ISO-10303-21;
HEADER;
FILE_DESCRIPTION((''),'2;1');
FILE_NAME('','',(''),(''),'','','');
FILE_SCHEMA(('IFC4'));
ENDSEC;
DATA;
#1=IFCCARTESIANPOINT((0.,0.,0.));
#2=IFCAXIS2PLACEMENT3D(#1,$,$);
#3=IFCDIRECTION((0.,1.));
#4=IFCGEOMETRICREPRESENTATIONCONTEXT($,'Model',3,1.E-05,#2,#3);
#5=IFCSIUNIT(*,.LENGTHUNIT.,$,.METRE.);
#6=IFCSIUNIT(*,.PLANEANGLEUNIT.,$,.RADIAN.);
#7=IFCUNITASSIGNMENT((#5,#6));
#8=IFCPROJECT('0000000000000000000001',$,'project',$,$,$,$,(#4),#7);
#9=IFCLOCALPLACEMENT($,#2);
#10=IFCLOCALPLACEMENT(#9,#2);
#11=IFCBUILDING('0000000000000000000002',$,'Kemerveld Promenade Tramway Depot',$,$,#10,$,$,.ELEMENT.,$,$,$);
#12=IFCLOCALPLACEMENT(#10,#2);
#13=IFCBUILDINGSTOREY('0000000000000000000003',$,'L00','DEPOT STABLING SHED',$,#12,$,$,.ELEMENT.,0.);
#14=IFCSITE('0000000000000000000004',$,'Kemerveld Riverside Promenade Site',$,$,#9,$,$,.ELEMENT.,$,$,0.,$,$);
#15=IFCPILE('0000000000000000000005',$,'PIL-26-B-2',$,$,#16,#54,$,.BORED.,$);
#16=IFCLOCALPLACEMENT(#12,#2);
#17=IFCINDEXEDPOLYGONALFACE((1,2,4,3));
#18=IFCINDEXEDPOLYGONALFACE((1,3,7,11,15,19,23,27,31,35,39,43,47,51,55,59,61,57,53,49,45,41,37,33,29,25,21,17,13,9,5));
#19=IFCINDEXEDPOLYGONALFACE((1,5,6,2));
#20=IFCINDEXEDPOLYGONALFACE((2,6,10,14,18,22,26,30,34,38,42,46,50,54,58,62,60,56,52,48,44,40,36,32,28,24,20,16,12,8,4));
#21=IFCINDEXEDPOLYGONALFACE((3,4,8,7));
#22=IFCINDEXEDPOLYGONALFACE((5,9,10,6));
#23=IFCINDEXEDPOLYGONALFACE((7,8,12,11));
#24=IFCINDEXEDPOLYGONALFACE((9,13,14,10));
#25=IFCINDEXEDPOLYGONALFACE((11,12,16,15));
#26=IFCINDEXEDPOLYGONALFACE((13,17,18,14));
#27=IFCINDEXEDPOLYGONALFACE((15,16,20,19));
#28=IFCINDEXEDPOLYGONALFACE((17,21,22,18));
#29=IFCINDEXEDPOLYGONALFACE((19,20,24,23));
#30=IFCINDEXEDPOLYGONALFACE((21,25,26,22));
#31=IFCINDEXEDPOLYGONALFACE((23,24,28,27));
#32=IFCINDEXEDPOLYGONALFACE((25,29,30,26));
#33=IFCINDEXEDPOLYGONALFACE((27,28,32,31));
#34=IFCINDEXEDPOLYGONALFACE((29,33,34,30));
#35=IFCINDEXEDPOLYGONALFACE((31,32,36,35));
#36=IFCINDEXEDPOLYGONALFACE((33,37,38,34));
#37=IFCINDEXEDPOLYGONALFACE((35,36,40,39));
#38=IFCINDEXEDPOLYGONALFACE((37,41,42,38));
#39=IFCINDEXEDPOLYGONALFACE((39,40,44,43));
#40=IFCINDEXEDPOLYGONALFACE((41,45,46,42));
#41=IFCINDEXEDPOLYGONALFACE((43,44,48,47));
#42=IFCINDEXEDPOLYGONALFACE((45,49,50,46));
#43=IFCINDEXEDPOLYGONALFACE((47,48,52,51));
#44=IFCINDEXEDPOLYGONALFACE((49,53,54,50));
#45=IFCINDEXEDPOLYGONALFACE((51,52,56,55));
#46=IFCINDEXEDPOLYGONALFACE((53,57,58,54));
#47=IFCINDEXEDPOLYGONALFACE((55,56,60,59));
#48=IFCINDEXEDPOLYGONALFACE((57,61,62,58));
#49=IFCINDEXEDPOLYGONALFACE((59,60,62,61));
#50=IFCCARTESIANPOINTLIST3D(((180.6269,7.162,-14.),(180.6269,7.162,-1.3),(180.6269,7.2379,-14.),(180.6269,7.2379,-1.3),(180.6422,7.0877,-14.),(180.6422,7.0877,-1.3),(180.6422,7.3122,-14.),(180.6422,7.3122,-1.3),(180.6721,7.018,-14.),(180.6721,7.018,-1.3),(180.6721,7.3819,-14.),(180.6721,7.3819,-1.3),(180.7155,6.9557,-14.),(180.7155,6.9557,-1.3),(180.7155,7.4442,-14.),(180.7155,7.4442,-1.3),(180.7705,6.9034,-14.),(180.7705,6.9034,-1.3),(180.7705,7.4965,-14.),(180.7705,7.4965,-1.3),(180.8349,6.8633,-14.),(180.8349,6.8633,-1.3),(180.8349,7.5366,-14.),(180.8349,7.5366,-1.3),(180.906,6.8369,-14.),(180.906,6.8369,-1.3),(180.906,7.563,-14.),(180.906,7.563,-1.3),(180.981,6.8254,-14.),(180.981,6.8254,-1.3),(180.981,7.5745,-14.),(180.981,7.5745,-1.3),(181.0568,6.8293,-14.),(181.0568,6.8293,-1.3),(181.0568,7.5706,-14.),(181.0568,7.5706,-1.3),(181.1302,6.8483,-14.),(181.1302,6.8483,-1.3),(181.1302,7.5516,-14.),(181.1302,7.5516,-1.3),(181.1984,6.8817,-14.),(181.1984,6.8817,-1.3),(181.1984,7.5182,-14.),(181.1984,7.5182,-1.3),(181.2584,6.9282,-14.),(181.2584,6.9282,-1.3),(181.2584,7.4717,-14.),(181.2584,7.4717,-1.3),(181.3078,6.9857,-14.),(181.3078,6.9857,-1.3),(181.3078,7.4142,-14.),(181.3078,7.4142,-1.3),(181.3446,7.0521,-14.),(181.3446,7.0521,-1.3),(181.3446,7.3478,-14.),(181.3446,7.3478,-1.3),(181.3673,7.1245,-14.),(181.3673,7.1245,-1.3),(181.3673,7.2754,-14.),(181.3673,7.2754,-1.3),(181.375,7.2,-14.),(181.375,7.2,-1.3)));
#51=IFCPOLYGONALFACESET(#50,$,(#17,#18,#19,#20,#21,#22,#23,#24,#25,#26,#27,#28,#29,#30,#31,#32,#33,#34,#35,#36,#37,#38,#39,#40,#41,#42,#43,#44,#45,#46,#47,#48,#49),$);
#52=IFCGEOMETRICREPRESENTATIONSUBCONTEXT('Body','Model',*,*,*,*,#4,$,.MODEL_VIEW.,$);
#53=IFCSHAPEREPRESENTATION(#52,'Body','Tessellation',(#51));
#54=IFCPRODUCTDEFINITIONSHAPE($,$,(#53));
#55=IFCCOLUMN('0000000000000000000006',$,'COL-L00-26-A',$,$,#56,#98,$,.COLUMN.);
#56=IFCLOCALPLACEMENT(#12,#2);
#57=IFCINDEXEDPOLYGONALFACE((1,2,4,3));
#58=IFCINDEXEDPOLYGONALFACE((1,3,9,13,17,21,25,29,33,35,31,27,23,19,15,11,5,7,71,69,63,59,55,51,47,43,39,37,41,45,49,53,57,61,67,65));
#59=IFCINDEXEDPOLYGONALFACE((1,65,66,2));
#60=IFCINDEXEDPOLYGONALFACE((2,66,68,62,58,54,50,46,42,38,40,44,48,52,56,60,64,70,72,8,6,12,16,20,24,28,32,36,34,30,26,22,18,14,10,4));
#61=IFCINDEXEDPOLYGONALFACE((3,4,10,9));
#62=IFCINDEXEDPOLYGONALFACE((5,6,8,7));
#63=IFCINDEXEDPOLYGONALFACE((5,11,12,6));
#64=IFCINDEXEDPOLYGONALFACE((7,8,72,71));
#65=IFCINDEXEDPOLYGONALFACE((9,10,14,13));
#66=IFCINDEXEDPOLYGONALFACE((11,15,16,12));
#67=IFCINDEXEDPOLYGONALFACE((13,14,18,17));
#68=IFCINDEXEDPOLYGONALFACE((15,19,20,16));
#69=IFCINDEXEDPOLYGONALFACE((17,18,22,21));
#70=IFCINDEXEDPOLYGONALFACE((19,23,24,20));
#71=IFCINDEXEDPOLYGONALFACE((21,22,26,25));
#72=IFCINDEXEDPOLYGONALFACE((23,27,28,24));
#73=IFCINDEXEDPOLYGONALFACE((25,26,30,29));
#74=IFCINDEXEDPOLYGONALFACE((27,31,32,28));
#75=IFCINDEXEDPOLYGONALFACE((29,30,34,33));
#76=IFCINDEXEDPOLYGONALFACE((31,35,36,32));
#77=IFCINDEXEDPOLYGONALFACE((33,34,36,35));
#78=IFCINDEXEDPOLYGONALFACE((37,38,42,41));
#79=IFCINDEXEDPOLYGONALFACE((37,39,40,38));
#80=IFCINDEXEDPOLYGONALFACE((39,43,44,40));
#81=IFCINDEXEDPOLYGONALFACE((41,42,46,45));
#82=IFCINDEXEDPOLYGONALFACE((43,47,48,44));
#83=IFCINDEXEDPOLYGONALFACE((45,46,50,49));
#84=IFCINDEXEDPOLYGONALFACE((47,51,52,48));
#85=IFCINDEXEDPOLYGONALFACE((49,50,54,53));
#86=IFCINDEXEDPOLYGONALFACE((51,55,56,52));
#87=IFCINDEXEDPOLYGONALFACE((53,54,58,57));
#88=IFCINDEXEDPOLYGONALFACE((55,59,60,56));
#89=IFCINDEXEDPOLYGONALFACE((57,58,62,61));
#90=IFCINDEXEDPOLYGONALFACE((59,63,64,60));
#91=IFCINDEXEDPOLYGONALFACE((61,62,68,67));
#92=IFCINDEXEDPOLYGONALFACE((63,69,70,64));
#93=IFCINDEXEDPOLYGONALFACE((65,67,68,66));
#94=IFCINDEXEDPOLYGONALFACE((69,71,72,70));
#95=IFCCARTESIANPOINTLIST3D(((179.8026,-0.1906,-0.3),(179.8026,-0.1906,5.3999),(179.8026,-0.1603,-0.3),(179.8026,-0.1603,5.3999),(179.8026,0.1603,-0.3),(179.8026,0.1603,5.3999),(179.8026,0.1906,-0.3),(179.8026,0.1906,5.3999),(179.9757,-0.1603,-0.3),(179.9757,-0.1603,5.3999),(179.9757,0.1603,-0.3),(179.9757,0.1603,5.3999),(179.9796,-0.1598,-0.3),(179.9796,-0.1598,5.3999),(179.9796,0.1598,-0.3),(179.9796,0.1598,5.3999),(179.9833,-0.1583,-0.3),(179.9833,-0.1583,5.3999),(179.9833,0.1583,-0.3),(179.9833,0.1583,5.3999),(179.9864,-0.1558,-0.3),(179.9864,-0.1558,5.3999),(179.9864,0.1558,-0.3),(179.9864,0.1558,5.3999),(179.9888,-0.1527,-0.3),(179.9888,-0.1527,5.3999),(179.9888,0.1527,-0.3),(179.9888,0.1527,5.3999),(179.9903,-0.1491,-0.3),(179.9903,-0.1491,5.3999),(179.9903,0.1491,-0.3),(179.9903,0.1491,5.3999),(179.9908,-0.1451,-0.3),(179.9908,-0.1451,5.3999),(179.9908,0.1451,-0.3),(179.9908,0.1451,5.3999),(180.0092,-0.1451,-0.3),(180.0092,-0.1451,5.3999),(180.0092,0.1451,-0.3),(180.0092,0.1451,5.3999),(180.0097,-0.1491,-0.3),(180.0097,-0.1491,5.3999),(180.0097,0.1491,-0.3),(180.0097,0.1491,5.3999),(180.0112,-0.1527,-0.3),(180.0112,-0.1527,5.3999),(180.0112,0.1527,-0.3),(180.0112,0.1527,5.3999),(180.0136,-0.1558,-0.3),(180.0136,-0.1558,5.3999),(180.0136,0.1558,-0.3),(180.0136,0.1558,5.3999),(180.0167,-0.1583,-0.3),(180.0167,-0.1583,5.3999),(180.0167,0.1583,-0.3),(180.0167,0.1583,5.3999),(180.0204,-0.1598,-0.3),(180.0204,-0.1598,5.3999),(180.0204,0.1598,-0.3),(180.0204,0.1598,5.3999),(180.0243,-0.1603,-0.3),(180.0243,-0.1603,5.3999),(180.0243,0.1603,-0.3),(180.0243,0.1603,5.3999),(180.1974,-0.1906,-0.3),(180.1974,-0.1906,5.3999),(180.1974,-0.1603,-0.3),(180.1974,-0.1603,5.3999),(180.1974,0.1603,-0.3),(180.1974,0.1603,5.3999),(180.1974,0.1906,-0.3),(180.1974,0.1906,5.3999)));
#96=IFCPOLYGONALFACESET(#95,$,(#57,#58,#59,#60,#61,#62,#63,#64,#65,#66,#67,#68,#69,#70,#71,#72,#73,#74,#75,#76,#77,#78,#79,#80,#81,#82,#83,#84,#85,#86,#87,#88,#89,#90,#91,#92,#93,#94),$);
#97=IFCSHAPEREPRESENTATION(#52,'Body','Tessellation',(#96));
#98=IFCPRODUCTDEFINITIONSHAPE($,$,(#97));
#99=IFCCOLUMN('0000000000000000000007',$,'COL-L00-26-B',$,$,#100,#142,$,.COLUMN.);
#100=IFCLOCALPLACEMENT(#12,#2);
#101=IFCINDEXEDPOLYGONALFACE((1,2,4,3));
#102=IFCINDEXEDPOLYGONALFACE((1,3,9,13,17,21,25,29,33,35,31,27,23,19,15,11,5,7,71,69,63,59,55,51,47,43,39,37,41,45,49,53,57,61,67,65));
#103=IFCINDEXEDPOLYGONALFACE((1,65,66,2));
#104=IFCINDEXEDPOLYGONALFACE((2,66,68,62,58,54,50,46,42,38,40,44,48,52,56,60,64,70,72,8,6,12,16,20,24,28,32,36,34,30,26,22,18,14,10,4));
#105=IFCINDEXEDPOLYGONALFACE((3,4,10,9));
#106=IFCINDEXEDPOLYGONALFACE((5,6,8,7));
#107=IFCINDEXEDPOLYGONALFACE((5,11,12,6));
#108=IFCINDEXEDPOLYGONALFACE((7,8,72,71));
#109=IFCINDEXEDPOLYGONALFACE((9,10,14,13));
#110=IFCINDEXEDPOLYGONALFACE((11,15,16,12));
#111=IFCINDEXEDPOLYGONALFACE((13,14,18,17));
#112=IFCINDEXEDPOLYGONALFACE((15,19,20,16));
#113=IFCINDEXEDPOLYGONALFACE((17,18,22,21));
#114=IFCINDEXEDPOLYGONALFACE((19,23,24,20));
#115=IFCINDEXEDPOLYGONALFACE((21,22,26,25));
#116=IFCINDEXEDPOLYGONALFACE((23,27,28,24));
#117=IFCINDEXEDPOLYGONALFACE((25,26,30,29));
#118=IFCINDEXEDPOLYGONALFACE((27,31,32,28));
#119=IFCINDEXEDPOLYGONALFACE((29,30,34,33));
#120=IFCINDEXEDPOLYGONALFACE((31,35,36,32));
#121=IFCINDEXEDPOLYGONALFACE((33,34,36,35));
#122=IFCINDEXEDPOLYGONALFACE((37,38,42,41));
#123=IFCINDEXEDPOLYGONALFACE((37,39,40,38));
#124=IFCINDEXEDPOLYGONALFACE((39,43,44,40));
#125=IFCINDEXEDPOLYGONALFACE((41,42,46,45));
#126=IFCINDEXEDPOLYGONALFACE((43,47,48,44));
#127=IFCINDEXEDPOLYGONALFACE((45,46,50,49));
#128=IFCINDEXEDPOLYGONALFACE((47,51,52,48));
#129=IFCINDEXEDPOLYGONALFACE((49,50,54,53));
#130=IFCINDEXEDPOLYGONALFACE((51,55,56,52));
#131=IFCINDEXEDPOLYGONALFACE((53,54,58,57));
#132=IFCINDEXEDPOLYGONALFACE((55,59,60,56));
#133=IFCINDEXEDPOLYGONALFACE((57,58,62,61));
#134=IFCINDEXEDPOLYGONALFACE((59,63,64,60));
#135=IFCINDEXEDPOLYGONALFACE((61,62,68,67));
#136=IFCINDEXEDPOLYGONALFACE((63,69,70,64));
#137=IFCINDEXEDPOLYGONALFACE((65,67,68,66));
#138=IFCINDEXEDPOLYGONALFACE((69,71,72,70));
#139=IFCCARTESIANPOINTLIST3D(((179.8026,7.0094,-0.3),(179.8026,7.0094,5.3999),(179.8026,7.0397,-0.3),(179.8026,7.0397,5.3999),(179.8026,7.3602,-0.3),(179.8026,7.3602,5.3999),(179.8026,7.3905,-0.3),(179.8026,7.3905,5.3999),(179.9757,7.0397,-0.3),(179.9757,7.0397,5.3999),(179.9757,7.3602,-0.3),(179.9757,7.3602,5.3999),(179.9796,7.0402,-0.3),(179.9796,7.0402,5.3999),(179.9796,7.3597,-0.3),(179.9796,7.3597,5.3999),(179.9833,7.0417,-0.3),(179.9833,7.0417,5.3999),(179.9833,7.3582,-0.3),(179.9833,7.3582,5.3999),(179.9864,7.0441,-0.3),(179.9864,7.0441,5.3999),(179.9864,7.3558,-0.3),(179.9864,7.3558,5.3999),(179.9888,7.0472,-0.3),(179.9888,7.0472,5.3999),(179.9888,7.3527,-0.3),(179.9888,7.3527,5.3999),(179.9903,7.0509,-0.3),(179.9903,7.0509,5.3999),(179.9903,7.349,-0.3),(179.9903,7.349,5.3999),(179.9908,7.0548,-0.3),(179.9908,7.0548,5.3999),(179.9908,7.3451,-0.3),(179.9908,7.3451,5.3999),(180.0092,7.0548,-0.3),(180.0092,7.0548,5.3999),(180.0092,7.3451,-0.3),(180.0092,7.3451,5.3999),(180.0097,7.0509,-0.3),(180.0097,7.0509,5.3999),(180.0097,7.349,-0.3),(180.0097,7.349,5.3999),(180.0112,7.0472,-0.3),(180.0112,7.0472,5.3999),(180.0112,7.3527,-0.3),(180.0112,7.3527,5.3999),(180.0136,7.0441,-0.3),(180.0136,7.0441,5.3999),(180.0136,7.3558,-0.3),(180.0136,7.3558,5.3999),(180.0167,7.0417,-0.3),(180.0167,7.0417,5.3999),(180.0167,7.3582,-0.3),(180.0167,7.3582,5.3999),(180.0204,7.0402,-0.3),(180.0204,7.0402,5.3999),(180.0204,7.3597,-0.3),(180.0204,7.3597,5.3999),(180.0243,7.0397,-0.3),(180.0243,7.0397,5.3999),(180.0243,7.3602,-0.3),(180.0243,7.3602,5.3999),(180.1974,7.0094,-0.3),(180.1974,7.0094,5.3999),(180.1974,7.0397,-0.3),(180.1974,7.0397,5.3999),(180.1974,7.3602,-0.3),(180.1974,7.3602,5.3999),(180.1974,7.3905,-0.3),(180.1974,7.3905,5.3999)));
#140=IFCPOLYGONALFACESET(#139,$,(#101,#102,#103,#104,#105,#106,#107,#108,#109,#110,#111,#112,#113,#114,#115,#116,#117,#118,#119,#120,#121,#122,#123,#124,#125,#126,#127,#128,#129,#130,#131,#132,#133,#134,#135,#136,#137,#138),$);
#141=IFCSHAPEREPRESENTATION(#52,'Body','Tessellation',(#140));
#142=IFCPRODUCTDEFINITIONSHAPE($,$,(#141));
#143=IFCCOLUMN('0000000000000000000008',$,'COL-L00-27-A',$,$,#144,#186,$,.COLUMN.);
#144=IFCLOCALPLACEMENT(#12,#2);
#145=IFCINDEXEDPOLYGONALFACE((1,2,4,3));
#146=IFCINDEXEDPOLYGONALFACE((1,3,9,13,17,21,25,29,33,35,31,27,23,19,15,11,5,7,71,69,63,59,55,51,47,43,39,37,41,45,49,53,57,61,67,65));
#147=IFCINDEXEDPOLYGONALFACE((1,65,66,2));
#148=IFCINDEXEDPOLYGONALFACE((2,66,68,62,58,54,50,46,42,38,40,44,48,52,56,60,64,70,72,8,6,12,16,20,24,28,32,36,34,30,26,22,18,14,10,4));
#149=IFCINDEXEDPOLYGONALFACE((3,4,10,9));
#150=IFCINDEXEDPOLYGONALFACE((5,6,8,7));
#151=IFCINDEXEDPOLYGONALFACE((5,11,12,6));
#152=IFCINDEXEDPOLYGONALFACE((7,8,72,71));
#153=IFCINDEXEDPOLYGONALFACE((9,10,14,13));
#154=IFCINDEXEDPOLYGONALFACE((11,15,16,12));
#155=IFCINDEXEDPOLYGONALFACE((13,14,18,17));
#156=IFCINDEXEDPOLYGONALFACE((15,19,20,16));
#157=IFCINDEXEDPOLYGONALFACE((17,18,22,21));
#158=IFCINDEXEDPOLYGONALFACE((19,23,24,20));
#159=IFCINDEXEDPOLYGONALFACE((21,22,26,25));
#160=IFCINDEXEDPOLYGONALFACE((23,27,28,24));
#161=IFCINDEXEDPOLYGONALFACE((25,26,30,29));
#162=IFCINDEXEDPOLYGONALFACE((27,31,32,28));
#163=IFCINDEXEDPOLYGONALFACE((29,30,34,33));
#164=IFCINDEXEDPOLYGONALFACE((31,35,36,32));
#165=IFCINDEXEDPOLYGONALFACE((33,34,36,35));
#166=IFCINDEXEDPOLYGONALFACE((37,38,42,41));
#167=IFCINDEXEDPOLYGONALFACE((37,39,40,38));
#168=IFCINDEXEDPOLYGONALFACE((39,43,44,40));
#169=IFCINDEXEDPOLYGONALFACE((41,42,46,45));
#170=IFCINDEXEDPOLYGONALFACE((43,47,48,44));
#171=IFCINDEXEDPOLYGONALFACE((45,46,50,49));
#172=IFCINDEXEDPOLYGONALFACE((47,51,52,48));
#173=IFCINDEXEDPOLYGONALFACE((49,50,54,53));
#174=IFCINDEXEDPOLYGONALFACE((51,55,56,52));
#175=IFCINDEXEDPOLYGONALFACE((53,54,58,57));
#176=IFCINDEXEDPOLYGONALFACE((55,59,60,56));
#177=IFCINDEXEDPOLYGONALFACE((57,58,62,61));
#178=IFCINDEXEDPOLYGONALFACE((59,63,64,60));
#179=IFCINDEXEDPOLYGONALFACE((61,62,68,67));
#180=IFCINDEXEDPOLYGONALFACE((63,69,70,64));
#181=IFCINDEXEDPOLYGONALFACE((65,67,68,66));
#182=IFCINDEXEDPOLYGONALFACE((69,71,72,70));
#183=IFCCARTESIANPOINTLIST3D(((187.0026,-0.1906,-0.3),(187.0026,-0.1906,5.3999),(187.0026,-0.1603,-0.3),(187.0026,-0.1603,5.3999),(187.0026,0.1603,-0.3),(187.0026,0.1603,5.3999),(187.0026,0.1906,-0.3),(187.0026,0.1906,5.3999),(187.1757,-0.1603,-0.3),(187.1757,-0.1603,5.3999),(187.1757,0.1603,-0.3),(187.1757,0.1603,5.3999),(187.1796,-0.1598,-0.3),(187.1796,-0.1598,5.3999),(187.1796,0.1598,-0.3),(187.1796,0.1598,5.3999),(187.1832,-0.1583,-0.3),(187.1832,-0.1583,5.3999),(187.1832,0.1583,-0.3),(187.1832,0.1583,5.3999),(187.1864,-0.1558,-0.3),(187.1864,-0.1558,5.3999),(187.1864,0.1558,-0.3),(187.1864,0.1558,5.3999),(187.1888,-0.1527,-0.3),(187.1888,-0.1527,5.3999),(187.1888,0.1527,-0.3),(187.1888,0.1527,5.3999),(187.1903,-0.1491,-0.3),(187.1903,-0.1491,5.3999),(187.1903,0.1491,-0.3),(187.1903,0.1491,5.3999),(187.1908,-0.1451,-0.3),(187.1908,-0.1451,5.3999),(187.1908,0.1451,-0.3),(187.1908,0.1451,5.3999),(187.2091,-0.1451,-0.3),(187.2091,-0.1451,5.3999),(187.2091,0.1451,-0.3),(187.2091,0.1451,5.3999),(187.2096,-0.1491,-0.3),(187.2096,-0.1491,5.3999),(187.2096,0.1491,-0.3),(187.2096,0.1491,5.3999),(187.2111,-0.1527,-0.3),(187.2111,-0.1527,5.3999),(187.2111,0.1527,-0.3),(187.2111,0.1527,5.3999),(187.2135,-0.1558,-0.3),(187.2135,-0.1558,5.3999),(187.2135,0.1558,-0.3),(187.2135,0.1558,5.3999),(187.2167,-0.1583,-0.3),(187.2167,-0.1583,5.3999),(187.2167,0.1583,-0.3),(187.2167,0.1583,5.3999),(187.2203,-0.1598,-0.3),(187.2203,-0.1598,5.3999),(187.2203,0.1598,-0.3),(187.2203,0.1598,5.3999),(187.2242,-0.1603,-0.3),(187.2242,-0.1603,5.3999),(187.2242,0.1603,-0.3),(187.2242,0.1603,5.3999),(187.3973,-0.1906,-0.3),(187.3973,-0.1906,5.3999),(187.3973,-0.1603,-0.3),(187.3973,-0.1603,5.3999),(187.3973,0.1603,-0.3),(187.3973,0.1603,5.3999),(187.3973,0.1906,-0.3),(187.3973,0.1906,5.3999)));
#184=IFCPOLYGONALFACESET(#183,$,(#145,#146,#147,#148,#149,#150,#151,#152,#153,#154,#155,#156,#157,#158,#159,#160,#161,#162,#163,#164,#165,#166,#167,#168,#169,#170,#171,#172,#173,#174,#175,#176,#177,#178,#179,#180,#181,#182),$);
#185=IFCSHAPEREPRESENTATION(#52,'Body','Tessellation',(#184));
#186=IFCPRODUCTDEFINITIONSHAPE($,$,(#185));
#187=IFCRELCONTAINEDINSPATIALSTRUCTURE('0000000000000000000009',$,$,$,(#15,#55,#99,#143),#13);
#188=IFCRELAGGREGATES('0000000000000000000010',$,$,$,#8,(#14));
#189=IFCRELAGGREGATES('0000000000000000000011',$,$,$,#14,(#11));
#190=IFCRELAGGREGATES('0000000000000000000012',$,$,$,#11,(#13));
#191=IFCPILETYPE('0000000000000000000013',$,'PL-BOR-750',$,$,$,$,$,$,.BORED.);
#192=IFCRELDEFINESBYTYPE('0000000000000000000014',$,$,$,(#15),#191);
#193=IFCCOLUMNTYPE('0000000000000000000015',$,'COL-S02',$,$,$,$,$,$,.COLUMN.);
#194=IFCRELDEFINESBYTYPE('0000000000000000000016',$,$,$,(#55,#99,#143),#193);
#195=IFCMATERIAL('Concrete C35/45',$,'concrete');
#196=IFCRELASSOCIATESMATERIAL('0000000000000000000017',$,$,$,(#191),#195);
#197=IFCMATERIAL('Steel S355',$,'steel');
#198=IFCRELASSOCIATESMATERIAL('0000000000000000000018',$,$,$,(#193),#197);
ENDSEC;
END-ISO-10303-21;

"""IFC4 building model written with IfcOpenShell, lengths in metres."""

from ifc_helpers import new_model, si_unit, direction, frame, origin, origin_2d, place, context, subcontext, project, spatial, circle, i_section, extrude, material, material_profile, profile_set, type_object, element, save


model = new_model("IFC4")

# Units and contexts
model_context = context("Model", 3, precision=1e-05, world=origin(), true_north=direction((0.0, 1.0)))
body_context = subcontext(model_context, "Body", "Model", "MODEL_VIEW")
ifc_project = project(units=[si_unit("LENGTHUNIT", "METRE"), si_unit("PLANEANGLEUNIT", "RADIAN")], contexts=[model_context])

# Site, building, storey
site_placement = place(None, origin())
site = spatial("IfcSite", under=ifc_project, at=site_placement, Name="Kemerveld Riverside Promenade Site", CompositionType="ELEMENT", RefElevation=0.0)
building_placement = place(site_placement, origin())
building = spatial("IfcBuilding", under=site, at=building_placement, Name="Kemerveld Promenade Tramway Depot", CompositionType="ELEMENT")
storey_placement = place(building_placement, origin())
storey = spatial("IfcBuildingStorey", under=building, at=storey_placement, Name="L00", Description="DEPOT STABLING SHED", CompositionType="ELEMENT", Elevation=0.0)

# Shared definitions
ifc_material_1 = material(Name="Concrete C35/45", Category="concrete")

# Pile
ifc_material_profile_1 = material_profile(ifc_material_1, circle(Radius=0.375, at=origin_2d()), Name="PILE-D750")
ifc_profile_set_1 = profile_set([ifc_material_profile_1], Name="Concrete C35/45")
pile_type_1 = type_object("IfcPileType", Name="PL-BOR-750", PredefinedType="BORED", material=ifc_profile_set_1)
for number, where, z_axis, x_axis, name in (
    (1, (181.0, 7.2, -1.3), (0.0, 0.0, -1.0), (1.0, 0.0, 0.0), "PIL-26-B-2"),
):
    element("IfcPile", number, at=place(storey_placement, frame(where, z_axis=z_axis, x_axis=x_axis)), inside=storey, type_object=pile_type_1, Name=name, PredefinedType="BORED", context=body_context, shape_type="SweptSolid", body=[
        extrude(circle(Radius=0.375, at=origin_2d()), origin(), (0.0, 0.0, 1.0), 12.7),
    ])

# Columns
ifc_material_2 = material(Name="Steel S355", Category="steel")
ifc_material_profile_2 = material_profile(ifc_material_2, i_section(OverallWidth=0.3948, OverallDepth=0.3811, WebThickness=0.0183, FlangeThickness=0.0303, FilletRadius=0.0151, at=origin_2d()), Name="356x406x235 UC")
ifc_profile_set_2 = profile_set([ifc_material_profile_2], Name="Steel S355")
column_type = type_object("IfcColumnType", Name="COL-S02", PredefinedType="COLUMN", material=ifc_profile_set_2)
for number, where, z_axis, x_axis, name in (
    (2, (180.0, 0.0, -0.3), (0.0, 0.0, 1.0), (1.0, 0.0, 0.0), "COL-L00-26-A"),
    (3, (180.0, 7.2, -0.3), (0.0, 0.0, 1.0), (1.0, 0.0, 0.0), "COL-L00-26-B"),
    (4, (187.2, 0.0, -0.3), (0.0, 0.0, 1.0), (1.0, 0.0, 0.0), "COL-L00-27-A"),
):
    element("IfcColumn", number, at=place(storey_placement, frame(where, z_axis=z_axis, x_axis=x_axis)), inside=storey, type_object=column_type, Name=name, PredefinedType="COLUMN", context=body_context, shape_type="SweptSolid", body=[
        extrude(i_section(OverallWidth=0.3948, OverallDepth=0.3811, WebThickness=0.0183, FlangeThickness=0.0303, FilletRadius=0.0151, at=origin_2d()), origin(), (0.0, 0.0, 1.0), 5.7),
    ])

save(model, "model.ifc")
